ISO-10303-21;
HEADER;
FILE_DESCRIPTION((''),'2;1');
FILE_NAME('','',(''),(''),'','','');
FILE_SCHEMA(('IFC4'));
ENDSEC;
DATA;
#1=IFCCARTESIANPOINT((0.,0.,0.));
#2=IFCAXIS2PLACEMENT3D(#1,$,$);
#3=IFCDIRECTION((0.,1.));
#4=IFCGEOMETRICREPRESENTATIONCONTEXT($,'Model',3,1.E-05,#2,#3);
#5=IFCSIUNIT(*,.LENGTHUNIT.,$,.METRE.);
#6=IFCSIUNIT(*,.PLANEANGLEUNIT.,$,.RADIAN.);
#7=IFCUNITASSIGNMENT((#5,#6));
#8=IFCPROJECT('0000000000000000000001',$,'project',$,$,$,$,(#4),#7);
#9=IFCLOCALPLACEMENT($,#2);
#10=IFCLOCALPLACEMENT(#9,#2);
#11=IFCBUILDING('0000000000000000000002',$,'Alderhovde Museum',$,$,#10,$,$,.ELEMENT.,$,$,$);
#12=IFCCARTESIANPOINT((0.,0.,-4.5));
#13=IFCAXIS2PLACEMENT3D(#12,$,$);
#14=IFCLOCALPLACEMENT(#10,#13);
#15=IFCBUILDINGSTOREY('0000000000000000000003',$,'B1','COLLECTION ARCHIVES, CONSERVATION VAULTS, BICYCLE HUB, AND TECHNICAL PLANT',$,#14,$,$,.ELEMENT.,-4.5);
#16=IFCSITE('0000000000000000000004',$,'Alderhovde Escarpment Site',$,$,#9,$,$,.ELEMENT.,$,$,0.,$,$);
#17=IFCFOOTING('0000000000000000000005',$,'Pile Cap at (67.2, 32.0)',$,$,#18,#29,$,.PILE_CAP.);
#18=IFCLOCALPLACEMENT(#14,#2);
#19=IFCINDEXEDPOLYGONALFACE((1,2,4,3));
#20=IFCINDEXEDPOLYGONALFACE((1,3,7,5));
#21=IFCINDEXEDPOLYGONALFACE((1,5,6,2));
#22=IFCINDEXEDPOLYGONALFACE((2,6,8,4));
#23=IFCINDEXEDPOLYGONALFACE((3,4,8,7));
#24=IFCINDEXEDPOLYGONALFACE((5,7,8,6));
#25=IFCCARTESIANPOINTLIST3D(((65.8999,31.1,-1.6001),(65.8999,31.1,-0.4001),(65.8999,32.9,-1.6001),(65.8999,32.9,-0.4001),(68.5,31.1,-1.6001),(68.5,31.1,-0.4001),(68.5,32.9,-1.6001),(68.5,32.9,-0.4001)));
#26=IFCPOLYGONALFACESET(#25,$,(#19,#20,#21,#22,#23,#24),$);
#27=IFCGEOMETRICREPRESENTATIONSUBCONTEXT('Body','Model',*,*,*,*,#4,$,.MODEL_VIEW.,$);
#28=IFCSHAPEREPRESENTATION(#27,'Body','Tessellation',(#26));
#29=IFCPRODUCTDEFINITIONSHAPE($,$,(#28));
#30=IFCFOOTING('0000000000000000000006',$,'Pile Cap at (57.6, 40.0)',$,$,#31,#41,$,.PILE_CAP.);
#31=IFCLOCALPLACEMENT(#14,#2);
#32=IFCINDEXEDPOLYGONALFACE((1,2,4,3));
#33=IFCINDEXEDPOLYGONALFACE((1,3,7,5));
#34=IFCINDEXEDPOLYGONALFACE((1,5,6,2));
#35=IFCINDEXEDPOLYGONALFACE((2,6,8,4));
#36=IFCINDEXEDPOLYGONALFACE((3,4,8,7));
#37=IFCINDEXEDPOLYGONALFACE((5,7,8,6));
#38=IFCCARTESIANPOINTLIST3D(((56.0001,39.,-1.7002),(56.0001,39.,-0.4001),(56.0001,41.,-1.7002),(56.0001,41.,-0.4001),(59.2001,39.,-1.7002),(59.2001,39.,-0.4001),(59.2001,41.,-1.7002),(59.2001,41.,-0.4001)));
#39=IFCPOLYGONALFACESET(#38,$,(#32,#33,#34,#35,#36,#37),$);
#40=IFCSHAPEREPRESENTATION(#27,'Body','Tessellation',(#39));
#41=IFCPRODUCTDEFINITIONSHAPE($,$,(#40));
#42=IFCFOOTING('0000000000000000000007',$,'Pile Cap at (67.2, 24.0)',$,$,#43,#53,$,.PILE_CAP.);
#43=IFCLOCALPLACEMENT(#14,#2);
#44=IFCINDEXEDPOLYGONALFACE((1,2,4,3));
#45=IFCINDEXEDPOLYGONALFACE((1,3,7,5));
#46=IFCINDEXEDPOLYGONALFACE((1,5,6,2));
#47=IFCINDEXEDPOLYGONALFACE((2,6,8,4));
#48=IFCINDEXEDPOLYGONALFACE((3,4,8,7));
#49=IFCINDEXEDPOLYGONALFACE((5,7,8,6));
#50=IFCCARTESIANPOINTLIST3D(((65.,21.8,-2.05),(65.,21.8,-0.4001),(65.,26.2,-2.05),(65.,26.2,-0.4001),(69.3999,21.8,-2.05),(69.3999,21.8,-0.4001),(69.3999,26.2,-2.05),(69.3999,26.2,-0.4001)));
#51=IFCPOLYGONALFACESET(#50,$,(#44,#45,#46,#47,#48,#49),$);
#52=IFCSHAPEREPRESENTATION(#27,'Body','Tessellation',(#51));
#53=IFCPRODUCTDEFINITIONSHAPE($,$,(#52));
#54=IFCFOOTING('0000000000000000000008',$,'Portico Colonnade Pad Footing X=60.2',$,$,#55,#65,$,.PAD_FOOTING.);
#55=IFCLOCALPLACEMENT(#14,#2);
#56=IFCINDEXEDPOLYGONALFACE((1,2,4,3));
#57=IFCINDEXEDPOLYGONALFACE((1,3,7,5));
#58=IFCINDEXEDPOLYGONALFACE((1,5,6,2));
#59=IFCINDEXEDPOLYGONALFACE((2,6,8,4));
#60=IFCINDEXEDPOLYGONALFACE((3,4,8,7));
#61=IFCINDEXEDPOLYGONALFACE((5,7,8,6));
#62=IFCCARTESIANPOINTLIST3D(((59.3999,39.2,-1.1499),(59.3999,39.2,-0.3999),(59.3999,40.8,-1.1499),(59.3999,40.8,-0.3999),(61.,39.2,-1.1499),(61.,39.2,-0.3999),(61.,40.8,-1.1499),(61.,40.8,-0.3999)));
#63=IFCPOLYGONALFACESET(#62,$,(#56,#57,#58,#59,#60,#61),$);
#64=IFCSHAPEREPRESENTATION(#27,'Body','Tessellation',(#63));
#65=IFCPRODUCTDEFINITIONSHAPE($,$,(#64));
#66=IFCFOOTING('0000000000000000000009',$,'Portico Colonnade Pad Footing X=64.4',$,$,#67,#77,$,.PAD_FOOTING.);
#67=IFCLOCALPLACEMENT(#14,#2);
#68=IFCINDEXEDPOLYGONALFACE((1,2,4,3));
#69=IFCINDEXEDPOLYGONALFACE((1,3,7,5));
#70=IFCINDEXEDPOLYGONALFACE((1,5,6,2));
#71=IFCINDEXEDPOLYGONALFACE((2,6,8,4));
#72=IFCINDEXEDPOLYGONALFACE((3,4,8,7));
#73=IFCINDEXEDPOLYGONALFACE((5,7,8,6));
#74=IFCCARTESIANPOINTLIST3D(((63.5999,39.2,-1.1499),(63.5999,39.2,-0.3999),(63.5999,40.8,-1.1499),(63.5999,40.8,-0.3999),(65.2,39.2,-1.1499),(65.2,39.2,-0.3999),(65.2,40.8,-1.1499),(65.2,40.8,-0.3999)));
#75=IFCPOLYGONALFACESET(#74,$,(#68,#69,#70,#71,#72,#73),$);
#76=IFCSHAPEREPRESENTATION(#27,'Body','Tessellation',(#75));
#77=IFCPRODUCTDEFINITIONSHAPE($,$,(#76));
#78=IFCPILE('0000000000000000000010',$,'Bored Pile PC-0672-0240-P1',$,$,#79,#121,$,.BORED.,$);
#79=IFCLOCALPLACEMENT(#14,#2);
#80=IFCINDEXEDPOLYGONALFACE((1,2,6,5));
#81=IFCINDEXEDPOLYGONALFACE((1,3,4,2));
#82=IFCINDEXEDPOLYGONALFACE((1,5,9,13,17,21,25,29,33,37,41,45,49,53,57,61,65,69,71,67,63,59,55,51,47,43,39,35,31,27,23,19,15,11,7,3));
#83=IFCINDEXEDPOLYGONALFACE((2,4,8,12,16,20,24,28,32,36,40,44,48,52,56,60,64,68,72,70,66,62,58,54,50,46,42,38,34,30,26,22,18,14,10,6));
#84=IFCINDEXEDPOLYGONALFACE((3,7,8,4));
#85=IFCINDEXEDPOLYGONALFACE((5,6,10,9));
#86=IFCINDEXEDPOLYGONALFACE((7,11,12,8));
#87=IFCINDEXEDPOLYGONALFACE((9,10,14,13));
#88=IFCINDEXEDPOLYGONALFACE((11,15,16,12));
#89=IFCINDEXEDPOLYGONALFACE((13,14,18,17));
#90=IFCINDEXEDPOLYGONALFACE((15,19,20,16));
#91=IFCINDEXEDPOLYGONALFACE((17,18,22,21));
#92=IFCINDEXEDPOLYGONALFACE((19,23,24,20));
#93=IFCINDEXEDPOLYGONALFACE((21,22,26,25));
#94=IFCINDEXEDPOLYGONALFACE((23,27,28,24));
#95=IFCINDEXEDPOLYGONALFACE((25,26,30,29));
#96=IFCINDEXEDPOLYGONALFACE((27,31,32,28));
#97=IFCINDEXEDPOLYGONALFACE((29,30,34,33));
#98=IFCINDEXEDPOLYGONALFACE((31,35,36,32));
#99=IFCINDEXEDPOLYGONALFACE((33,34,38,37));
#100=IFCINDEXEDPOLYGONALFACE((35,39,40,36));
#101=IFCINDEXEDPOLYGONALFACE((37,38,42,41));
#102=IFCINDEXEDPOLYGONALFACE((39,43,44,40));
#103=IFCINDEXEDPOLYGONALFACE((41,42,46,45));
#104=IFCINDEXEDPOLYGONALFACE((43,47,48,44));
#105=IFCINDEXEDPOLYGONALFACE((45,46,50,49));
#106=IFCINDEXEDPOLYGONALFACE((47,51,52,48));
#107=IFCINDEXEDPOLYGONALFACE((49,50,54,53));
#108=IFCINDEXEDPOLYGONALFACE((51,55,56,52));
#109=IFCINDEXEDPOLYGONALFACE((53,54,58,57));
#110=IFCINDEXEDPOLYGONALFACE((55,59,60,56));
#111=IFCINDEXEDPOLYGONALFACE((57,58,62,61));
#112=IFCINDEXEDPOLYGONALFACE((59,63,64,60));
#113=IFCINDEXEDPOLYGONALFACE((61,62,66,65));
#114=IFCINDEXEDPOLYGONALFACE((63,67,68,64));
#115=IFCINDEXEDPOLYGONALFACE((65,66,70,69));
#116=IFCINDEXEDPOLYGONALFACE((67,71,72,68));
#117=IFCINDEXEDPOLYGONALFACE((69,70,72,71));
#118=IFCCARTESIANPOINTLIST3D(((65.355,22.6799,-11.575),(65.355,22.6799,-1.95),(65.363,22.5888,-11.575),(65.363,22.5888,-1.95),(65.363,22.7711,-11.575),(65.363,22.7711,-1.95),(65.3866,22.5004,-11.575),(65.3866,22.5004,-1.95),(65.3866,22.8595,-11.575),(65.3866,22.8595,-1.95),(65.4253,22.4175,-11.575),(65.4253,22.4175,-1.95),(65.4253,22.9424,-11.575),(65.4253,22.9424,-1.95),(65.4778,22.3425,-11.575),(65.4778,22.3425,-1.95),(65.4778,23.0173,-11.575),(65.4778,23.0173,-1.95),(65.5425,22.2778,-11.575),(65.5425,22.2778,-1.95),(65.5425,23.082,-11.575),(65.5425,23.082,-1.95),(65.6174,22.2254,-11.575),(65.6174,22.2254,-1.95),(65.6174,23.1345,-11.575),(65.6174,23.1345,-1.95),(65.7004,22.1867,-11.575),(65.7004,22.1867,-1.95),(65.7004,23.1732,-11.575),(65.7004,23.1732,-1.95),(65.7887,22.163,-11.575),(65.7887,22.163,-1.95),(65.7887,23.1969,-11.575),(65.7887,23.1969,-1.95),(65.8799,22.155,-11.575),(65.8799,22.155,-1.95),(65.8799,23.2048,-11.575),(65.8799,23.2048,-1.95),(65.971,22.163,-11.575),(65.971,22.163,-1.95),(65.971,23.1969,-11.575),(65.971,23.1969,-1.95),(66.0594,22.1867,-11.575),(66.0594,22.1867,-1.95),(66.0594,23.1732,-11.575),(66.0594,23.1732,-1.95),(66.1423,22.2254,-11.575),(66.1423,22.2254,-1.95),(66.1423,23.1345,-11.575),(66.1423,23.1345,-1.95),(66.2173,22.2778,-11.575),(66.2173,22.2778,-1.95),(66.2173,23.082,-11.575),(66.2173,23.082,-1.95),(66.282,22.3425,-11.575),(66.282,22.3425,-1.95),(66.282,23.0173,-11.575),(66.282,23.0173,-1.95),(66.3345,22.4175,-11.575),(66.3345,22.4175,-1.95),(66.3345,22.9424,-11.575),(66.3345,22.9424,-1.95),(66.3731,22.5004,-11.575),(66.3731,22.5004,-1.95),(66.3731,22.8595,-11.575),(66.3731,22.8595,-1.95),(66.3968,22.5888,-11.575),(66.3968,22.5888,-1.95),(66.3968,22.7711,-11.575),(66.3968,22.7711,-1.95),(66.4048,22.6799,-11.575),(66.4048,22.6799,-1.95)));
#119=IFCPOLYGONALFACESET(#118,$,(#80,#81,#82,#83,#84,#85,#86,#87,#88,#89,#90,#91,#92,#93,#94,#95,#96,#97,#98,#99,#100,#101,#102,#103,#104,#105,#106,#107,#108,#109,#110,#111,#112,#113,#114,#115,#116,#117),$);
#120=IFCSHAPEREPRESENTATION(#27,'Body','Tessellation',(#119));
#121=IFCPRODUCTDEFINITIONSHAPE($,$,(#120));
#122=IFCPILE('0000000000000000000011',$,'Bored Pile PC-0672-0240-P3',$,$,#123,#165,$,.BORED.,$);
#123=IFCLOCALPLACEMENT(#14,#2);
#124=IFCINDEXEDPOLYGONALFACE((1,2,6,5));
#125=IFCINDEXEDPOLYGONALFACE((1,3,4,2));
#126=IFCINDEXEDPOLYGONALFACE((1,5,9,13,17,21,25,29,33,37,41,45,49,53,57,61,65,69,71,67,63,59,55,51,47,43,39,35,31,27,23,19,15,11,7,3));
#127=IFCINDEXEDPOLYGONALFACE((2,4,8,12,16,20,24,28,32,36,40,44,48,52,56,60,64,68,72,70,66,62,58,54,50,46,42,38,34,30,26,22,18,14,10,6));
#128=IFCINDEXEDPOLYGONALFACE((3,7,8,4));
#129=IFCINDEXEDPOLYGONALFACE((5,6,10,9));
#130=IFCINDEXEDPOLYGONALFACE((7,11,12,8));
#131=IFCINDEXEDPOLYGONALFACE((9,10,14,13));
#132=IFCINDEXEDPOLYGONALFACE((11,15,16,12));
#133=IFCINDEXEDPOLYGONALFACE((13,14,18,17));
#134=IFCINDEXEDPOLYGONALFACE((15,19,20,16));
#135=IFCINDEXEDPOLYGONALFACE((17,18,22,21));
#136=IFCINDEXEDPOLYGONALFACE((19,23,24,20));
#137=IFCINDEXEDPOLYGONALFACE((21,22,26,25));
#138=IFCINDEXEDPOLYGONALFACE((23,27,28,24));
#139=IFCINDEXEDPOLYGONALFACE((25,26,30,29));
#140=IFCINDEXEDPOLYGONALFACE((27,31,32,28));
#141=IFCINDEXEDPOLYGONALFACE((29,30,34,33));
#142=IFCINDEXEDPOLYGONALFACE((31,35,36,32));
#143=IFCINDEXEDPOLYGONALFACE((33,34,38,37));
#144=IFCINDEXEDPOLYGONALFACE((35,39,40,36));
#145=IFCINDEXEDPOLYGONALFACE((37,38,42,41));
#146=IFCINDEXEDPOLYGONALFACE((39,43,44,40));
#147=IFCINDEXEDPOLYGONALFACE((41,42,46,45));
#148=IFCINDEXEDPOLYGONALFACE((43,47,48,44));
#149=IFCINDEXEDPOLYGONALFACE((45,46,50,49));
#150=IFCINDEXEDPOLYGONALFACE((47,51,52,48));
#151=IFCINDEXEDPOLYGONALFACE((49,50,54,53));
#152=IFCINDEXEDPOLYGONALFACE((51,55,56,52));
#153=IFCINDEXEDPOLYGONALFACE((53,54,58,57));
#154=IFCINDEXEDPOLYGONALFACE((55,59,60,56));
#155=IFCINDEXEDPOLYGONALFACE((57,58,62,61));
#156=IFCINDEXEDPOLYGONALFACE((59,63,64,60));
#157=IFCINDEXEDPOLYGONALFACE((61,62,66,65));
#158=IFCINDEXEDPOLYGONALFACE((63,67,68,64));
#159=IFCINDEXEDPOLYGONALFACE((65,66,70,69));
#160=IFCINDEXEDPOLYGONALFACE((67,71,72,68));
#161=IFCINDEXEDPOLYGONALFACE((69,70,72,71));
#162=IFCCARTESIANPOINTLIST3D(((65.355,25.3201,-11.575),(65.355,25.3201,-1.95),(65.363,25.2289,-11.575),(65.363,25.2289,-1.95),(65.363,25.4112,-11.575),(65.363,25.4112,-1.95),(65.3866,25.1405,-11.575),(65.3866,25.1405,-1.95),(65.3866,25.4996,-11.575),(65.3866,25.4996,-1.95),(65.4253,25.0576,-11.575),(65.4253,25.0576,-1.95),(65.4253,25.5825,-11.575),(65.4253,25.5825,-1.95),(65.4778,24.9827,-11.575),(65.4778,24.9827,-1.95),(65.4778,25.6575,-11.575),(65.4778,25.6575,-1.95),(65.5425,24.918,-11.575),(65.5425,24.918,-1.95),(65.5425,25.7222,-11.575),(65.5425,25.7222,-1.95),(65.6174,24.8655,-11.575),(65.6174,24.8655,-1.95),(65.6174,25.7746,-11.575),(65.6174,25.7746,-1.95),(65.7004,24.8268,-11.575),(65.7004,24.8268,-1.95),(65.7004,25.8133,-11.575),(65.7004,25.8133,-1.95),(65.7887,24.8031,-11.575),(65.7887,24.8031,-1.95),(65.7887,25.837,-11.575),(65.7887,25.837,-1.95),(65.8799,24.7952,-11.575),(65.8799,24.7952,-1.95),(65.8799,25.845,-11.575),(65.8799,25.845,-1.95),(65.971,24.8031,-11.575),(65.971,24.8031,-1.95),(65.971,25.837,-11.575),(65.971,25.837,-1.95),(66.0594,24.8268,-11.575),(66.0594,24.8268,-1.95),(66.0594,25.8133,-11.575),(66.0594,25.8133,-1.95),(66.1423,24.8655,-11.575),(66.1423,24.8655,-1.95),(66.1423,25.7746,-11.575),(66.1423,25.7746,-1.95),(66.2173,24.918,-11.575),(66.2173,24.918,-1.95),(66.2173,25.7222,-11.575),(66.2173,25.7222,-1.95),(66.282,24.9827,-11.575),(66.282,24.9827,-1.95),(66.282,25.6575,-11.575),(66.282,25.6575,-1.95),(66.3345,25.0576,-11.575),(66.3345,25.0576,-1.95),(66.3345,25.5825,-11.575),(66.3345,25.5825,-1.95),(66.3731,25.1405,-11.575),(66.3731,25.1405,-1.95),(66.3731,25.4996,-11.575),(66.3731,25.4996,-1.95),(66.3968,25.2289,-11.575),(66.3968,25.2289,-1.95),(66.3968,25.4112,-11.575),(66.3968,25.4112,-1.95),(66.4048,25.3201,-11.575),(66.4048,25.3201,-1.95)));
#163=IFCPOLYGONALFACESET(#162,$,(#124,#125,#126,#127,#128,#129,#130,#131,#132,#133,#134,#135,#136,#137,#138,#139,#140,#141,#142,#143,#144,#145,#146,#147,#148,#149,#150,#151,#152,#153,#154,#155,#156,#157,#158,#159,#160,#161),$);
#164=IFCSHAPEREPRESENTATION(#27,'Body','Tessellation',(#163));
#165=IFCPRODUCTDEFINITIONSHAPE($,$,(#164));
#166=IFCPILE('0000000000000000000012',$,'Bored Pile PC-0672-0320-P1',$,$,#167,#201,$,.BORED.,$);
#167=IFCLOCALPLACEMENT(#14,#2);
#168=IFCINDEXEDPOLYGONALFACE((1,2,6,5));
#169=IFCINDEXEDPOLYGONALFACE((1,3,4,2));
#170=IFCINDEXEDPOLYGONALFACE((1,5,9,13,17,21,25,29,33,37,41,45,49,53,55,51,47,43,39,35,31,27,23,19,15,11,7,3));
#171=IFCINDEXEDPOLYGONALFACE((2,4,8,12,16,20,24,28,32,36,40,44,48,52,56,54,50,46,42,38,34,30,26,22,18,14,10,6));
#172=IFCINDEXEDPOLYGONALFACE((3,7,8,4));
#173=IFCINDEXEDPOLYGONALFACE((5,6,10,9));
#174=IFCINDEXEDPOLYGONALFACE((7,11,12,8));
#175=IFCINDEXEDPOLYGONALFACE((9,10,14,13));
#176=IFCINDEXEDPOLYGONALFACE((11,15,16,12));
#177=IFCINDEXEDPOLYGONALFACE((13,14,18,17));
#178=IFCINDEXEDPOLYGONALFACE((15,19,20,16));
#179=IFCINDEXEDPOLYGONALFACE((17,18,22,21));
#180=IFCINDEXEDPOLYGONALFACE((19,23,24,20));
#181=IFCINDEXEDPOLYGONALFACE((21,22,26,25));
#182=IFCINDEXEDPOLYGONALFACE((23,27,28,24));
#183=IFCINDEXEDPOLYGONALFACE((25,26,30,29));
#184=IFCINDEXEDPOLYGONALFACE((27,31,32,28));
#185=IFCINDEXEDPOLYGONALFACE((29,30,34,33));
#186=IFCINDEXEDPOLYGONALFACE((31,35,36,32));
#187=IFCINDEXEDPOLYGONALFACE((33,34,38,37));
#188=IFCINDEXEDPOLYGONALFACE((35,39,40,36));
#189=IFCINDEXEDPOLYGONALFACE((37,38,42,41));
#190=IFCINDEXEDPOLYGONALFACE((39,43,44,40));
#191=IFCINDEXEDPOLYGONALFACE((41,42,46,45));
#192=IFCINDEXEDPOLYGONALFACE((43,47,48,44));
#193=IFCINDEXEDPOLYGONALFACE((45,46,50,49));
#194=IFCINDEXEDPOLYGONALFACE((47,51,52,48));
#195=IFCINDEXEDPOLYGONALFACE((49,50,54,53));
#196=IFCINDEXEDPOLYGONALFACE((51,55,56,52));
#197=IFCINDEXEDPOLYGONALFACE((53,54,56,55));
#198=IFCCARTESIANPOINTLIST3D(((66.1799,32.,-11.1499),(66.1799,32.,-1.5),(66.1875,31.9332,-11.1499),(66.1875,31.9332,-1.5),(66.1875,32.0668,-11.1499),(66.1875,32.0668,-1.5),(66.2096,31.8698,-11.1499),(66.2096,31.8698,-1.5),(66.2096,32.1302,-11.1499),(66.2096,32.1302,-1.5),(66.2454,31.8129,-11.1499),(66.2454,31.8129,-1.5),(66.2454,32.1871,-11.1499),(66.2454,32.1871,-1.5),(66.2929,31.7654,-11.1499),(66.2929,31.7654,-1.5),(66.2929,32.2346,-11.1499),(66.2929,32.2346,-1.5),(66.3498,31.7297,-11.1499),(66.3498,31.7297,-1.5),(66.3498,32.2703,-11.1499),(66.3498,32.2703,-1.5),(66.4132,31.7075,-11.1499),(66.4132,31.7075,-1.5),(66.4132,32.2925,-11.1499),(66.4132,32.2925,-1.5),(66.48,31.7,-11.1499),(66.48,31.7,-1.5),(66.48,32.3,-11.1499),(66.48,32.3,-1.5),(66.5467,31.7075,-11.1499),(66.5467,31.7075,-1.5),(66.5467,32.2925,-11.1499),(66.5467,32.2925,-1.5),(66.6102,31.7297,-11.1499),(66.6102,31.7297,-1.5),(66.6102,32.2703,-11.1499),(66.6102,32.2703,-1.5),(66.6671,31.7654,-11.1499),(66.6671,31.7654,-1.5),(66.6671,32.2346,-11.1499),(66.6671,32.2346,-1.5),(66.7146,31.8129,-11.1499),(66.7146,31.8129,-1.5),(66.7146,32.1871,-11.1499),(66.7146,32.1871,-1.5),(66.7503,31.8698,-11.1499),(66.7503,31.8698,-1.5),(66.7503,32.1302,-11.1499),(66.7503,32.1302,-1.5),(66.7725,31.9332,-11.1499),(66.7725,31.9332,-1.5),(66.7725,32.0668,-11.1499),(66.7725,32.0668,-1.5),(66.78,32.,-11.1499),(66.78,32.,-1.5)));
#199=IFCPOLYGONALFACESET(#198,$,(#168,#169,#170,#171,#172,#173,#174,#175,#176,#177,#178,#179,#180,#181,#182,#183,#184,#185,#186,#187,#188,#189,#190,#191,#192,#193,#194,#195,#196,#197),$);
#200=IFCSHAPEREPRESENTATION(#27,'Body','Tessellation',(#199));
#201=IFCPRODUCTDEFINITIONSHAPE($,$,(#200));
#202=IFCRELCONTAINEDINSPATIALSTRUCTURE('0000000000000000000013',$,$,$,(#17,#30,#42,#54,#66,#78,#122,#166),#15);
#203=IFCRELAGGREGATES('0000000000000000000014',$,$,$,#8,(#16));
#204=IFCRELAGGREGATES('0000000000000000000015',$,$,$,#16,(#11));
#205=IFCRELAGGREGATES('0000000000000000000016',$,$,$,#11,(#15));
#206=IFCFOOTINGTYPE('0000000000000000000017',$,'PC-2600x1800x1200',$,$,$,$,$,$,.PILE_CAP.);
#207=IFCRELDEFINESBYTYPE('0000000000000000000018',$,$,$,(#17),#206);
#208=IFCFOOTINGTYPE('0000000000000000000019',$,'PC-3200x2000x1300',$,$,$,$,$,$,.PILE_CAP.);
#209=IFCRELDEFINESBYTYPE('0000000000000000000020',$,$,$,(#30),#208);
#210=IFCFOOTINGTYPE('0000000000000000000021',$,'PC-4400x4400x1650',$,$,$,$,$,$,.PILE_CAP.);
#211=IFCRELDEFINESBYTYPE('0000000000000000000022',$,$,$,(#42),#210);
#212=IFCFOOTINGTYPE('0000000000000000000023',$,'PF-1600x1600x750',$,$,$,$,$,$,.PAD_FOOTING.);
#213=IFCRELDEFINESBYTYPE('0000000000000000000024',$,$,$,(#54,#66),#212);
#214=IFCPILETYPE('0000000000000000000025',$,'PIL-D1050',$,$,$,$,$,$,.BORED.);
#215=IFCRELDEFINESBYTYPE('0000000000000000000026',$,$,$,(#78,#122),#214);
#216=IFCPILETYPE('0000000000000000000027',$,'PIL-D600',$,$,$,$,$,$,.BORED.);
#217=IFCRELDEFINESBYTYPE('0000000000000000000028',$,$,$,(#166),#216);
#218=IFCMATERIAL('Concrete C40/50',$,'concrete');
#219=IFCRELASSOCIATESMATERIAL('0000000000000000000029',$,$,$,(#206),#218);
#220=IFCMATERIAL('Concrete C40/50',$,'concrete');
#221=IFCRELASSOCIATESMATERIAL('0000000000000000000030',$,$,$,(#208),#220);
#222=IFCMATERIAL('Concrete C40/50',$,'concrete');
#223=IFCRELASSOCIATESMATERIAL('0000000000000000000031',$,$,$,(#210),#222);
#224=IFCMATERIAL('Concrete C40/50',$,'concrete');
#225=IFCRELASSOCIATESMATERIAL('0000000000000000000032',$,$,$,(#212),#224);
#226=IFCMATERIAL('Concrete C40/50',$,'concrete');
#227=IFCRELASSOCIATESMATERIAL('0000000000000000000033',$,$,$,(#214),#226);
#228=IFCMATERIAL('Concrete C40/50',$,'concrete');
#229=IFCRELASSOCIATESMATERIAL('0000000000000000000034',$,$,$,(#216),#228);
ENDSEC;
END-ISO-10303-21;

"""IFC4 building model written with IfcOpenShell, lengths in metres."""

from ifc_helpers import new_model, si_unit, direction, frame, origin, origin_2d, place, context, subcontext, project, spatial, rectangle, circle, extrude, material, material_profile, profile_set, type_object, element, save


model = new_model("IFC4")

# Units and contexts
model_context = context("Model", 3, precision=1e-05, world=origin(), true_north=direction((0.0, 1.0)))
body_context = subcontext(model_context, "Body", "Model", "MODEL_VIEW")
ifc_project = project(units=[si_unit("LENGTHUNIT", "METRE"), si_unit("PLANEANGLEUNIT", "RADIAN")], contexts=[model_context])

# Site, building, storey
site_placement = place(None, origin())
site = spatial("IfcSite", under=ifc_project, at=site_placement, Name="Alderhovde Escarpment Site", CompositionType="ELEMENT", RefElevation=0.0)
building_placement = place(site_placement, origin())
building = spatial("IfcBuilding", under=site, at=building_placement, Name="Alderhovde Museum", CompositionType="ELEMENT")
storey_placement = place(building_placement, frame((0.0, 0.0, -4.5)))
storey = spatial("IfcBuildingStorey", under=building, at=storey_placement, Name="B1", Description="COLLECTION ARCHIVES, CONSERVATION VAULTS, BICYCLE HUB, AND TECHNICAL PLANT", CompositionType="ELEMENT", Elevation=-4.5)

# Footings
ifc_material_1 = material(Name="Concrete C40/50", Category="concrete")
footing_type_1 = type_object("IfcFootingType", Name="PC-2600x1800x1200", PredefinedType="PILE_CAP", material=ifc_material_1)
footing_1_placement = place(storey_placement, frame((67.2, 32.0, -1.6001), z_axis=(0.0, 0.0, 1.0), x_axis=(1.0, 0.0, 0.0)))
element("IfcFooting", 1, at=footing_1_placement, inside=storey, type_object=footing_type_1, Name="Pile Cap at (67.2, 32.0)", PredefinedType="PILE_CAP", context=body_context, shape_type="SweptSolid", body=[
    extrude(rectangle(XDim=2.6001, YDim=1.8, at=origin_2d()), origin(), (0.0, 0.0, 1.0), 1.2),
])
ifc_material_2 = material(Name="Concrete C40/50", Category="concrete")
footing_type_2 = type_object("IfcFootingType", Name="PC-3200x2000x1300", PredefinedType="PILE_CAP", material=ifc_material_2)
footing_2_placement = place(storey_placement, frame((57.6001, 40.0, -1.7002), z_axis=(0.0, 0.0, 1.0), x_axis=(1.0, 0.0, 0.0)))
element("IfcFooting", 2, at=footing_2_placement, inside=storey, type_object=footing_type_2, Name="Pile Cap at (57.6, 40.0)", PredefinedType="PILE_CAP", context=body_context, shape_type="SweptSolid", body=[
    extrude(rectangle(XDim=3.2, YDim=2.0, at=origin_2d()), origin(), (0.0, 0.0, 1.0), 1.3),
])
ifc_material_3 = material(Name="Concrete C40/50", Category="concrete")
footing_type_3 = type_object("IfcFootingType", Name="PC-4400x4400x1650", PredefinedType="PILE_CAP", material=ifc_material_3)
footing_3_placement = place(storey_placement, frame((67.2, 24.0, -2.05), z_axis=(0.0, 0.0, 1.0), x_axis=(1.0, 0.0, 0.0)))
element("IfcFooting", 3, at=footing_3_placement, inside=storey, type_object=footing_type_3, Name="Pile Cap at (67.2, 24.0)", PredefinedType="PILE_CAP", context=body_context, shape_type="SweptSolid", body=[
    extrude(rectangle(XDim=4.3999, YDim=4.3999, at=origin_2d()), origin(), (0.0, 0.0, 1.0), 1.6499),
])
ifc_material_4 = material(Name="Concrete C40/50", Category="concrete")
footing_type_4 = type_object("IfcFootingType", Name="PF-1600x1600x750", PredefinedType="PAD_FOOTING", material=ifc_material_4)
for number, where, z_axis, x_axis, name in (
    (4, (60.2, 40.0, -1.1499), (0.0, 0.0, 1.0), (1.0, 0.0, 0.0), "Portico Colonnade Pad Footing X=60.2"),
    (5, (64.3999, 40.0, -1.1499), (0.0, 0.0, 1.0), (1.0, 0.0, 0.0), "Portico Colonnade Pad Footing X=64.4"),
):
    element("IfcFooting", number, at=place(storey_placement, frame(where, z_axis=z_axis, x_axis=x_axis)), inside=storey, type_object=footing_type_4, Name=name, PredefinedType="PAD_FOOTING", context=body_context, shape_type="SweptSolid", body=[
        extrude(rectangle(XDim=1.6001, YDim=1.6001, at=origin_2d()), origin(), (0.0, 0.0, 1.0), 0.75),
    ])

# Piles
ifc_material_5 = material(Name="Concrete C40/50", Category="concrete")
ifc_material_profile_1 = material_profile(ifc_material_5, circle(Radius=0.5249, at=origin_2d()), Name="PILE-D1050")
ifc_profile_set_1 = profile_set([ifc_material_profile_1], Name="Concrete C40/50")
pile_type_1 = type_object("IfcPileType", Name="PIL-D1050", PredefinedType="BORED", material=ifc_profile_set_1)
for number, where, z_axis, x_axis, name in (
    (6, (65.8799, 22.6799, -1.95), (0.0, 0.0, -1.0), (1.0, 0.0, 0.0), "Bored Pile PC-0672-0240-P1"),
    (7, (65.8799, 25.3201, -1.95), (0.0, 0.0, -1.0), (1.0, 0.0, 0.0), "Bored Pile PC-0672-0240-P3"),
):
    element("IfcPile", number, at=place(storey_placement, frame(where, z_axis=z_axis, x_axis=x_axis)), inside=storey, type_object=pile_type_1, Name=name, PredefinedType="BORED", context=body_context, shape_type="SweptSolid", body=[
        extrude(circle(Radius=0.5249, at=origin_2d()), origin(), (0.0, 0.0, 1.0), 9.625),
    ])
ifc_material_6 = material(Name="Concrete C40/50", Category="concrete")
ifc_material_profile_2 = material_profile(ifc_material_6, circle(Radius=0.3, at=origin_2d()), Name="PILE-D600")
ifc_profile_set_2 = profile_set([ifc_material_profile_2], Name="Concrete C40/50")
pile_type_2 = type_object("IfcPileType", Name="PIL-D600", PredefinedType="BORED", material=ifc_profile_set_2)
pile_1_placement = place(storey_placement, frame((66.48, 32.0, -1.5), z_axis=(0.0, 0.0, -1.0), x_axis=(1.0, 0.0, 0.0)))
element("IfcPile", 8, at=pile_1_placement, inside=storey, type_object=pile_type_2, Name="Bored Pile PC-0672-0320-P1", PredefinedType="BORED", context=body_context, shape_type="SweptSolid", body=[
    extrude(circle(Radius=0.3, at=origin_2d()), origin(), (0.0, 0.0, 1.0), 9.6499),
])

save(model, "model.ifc")
